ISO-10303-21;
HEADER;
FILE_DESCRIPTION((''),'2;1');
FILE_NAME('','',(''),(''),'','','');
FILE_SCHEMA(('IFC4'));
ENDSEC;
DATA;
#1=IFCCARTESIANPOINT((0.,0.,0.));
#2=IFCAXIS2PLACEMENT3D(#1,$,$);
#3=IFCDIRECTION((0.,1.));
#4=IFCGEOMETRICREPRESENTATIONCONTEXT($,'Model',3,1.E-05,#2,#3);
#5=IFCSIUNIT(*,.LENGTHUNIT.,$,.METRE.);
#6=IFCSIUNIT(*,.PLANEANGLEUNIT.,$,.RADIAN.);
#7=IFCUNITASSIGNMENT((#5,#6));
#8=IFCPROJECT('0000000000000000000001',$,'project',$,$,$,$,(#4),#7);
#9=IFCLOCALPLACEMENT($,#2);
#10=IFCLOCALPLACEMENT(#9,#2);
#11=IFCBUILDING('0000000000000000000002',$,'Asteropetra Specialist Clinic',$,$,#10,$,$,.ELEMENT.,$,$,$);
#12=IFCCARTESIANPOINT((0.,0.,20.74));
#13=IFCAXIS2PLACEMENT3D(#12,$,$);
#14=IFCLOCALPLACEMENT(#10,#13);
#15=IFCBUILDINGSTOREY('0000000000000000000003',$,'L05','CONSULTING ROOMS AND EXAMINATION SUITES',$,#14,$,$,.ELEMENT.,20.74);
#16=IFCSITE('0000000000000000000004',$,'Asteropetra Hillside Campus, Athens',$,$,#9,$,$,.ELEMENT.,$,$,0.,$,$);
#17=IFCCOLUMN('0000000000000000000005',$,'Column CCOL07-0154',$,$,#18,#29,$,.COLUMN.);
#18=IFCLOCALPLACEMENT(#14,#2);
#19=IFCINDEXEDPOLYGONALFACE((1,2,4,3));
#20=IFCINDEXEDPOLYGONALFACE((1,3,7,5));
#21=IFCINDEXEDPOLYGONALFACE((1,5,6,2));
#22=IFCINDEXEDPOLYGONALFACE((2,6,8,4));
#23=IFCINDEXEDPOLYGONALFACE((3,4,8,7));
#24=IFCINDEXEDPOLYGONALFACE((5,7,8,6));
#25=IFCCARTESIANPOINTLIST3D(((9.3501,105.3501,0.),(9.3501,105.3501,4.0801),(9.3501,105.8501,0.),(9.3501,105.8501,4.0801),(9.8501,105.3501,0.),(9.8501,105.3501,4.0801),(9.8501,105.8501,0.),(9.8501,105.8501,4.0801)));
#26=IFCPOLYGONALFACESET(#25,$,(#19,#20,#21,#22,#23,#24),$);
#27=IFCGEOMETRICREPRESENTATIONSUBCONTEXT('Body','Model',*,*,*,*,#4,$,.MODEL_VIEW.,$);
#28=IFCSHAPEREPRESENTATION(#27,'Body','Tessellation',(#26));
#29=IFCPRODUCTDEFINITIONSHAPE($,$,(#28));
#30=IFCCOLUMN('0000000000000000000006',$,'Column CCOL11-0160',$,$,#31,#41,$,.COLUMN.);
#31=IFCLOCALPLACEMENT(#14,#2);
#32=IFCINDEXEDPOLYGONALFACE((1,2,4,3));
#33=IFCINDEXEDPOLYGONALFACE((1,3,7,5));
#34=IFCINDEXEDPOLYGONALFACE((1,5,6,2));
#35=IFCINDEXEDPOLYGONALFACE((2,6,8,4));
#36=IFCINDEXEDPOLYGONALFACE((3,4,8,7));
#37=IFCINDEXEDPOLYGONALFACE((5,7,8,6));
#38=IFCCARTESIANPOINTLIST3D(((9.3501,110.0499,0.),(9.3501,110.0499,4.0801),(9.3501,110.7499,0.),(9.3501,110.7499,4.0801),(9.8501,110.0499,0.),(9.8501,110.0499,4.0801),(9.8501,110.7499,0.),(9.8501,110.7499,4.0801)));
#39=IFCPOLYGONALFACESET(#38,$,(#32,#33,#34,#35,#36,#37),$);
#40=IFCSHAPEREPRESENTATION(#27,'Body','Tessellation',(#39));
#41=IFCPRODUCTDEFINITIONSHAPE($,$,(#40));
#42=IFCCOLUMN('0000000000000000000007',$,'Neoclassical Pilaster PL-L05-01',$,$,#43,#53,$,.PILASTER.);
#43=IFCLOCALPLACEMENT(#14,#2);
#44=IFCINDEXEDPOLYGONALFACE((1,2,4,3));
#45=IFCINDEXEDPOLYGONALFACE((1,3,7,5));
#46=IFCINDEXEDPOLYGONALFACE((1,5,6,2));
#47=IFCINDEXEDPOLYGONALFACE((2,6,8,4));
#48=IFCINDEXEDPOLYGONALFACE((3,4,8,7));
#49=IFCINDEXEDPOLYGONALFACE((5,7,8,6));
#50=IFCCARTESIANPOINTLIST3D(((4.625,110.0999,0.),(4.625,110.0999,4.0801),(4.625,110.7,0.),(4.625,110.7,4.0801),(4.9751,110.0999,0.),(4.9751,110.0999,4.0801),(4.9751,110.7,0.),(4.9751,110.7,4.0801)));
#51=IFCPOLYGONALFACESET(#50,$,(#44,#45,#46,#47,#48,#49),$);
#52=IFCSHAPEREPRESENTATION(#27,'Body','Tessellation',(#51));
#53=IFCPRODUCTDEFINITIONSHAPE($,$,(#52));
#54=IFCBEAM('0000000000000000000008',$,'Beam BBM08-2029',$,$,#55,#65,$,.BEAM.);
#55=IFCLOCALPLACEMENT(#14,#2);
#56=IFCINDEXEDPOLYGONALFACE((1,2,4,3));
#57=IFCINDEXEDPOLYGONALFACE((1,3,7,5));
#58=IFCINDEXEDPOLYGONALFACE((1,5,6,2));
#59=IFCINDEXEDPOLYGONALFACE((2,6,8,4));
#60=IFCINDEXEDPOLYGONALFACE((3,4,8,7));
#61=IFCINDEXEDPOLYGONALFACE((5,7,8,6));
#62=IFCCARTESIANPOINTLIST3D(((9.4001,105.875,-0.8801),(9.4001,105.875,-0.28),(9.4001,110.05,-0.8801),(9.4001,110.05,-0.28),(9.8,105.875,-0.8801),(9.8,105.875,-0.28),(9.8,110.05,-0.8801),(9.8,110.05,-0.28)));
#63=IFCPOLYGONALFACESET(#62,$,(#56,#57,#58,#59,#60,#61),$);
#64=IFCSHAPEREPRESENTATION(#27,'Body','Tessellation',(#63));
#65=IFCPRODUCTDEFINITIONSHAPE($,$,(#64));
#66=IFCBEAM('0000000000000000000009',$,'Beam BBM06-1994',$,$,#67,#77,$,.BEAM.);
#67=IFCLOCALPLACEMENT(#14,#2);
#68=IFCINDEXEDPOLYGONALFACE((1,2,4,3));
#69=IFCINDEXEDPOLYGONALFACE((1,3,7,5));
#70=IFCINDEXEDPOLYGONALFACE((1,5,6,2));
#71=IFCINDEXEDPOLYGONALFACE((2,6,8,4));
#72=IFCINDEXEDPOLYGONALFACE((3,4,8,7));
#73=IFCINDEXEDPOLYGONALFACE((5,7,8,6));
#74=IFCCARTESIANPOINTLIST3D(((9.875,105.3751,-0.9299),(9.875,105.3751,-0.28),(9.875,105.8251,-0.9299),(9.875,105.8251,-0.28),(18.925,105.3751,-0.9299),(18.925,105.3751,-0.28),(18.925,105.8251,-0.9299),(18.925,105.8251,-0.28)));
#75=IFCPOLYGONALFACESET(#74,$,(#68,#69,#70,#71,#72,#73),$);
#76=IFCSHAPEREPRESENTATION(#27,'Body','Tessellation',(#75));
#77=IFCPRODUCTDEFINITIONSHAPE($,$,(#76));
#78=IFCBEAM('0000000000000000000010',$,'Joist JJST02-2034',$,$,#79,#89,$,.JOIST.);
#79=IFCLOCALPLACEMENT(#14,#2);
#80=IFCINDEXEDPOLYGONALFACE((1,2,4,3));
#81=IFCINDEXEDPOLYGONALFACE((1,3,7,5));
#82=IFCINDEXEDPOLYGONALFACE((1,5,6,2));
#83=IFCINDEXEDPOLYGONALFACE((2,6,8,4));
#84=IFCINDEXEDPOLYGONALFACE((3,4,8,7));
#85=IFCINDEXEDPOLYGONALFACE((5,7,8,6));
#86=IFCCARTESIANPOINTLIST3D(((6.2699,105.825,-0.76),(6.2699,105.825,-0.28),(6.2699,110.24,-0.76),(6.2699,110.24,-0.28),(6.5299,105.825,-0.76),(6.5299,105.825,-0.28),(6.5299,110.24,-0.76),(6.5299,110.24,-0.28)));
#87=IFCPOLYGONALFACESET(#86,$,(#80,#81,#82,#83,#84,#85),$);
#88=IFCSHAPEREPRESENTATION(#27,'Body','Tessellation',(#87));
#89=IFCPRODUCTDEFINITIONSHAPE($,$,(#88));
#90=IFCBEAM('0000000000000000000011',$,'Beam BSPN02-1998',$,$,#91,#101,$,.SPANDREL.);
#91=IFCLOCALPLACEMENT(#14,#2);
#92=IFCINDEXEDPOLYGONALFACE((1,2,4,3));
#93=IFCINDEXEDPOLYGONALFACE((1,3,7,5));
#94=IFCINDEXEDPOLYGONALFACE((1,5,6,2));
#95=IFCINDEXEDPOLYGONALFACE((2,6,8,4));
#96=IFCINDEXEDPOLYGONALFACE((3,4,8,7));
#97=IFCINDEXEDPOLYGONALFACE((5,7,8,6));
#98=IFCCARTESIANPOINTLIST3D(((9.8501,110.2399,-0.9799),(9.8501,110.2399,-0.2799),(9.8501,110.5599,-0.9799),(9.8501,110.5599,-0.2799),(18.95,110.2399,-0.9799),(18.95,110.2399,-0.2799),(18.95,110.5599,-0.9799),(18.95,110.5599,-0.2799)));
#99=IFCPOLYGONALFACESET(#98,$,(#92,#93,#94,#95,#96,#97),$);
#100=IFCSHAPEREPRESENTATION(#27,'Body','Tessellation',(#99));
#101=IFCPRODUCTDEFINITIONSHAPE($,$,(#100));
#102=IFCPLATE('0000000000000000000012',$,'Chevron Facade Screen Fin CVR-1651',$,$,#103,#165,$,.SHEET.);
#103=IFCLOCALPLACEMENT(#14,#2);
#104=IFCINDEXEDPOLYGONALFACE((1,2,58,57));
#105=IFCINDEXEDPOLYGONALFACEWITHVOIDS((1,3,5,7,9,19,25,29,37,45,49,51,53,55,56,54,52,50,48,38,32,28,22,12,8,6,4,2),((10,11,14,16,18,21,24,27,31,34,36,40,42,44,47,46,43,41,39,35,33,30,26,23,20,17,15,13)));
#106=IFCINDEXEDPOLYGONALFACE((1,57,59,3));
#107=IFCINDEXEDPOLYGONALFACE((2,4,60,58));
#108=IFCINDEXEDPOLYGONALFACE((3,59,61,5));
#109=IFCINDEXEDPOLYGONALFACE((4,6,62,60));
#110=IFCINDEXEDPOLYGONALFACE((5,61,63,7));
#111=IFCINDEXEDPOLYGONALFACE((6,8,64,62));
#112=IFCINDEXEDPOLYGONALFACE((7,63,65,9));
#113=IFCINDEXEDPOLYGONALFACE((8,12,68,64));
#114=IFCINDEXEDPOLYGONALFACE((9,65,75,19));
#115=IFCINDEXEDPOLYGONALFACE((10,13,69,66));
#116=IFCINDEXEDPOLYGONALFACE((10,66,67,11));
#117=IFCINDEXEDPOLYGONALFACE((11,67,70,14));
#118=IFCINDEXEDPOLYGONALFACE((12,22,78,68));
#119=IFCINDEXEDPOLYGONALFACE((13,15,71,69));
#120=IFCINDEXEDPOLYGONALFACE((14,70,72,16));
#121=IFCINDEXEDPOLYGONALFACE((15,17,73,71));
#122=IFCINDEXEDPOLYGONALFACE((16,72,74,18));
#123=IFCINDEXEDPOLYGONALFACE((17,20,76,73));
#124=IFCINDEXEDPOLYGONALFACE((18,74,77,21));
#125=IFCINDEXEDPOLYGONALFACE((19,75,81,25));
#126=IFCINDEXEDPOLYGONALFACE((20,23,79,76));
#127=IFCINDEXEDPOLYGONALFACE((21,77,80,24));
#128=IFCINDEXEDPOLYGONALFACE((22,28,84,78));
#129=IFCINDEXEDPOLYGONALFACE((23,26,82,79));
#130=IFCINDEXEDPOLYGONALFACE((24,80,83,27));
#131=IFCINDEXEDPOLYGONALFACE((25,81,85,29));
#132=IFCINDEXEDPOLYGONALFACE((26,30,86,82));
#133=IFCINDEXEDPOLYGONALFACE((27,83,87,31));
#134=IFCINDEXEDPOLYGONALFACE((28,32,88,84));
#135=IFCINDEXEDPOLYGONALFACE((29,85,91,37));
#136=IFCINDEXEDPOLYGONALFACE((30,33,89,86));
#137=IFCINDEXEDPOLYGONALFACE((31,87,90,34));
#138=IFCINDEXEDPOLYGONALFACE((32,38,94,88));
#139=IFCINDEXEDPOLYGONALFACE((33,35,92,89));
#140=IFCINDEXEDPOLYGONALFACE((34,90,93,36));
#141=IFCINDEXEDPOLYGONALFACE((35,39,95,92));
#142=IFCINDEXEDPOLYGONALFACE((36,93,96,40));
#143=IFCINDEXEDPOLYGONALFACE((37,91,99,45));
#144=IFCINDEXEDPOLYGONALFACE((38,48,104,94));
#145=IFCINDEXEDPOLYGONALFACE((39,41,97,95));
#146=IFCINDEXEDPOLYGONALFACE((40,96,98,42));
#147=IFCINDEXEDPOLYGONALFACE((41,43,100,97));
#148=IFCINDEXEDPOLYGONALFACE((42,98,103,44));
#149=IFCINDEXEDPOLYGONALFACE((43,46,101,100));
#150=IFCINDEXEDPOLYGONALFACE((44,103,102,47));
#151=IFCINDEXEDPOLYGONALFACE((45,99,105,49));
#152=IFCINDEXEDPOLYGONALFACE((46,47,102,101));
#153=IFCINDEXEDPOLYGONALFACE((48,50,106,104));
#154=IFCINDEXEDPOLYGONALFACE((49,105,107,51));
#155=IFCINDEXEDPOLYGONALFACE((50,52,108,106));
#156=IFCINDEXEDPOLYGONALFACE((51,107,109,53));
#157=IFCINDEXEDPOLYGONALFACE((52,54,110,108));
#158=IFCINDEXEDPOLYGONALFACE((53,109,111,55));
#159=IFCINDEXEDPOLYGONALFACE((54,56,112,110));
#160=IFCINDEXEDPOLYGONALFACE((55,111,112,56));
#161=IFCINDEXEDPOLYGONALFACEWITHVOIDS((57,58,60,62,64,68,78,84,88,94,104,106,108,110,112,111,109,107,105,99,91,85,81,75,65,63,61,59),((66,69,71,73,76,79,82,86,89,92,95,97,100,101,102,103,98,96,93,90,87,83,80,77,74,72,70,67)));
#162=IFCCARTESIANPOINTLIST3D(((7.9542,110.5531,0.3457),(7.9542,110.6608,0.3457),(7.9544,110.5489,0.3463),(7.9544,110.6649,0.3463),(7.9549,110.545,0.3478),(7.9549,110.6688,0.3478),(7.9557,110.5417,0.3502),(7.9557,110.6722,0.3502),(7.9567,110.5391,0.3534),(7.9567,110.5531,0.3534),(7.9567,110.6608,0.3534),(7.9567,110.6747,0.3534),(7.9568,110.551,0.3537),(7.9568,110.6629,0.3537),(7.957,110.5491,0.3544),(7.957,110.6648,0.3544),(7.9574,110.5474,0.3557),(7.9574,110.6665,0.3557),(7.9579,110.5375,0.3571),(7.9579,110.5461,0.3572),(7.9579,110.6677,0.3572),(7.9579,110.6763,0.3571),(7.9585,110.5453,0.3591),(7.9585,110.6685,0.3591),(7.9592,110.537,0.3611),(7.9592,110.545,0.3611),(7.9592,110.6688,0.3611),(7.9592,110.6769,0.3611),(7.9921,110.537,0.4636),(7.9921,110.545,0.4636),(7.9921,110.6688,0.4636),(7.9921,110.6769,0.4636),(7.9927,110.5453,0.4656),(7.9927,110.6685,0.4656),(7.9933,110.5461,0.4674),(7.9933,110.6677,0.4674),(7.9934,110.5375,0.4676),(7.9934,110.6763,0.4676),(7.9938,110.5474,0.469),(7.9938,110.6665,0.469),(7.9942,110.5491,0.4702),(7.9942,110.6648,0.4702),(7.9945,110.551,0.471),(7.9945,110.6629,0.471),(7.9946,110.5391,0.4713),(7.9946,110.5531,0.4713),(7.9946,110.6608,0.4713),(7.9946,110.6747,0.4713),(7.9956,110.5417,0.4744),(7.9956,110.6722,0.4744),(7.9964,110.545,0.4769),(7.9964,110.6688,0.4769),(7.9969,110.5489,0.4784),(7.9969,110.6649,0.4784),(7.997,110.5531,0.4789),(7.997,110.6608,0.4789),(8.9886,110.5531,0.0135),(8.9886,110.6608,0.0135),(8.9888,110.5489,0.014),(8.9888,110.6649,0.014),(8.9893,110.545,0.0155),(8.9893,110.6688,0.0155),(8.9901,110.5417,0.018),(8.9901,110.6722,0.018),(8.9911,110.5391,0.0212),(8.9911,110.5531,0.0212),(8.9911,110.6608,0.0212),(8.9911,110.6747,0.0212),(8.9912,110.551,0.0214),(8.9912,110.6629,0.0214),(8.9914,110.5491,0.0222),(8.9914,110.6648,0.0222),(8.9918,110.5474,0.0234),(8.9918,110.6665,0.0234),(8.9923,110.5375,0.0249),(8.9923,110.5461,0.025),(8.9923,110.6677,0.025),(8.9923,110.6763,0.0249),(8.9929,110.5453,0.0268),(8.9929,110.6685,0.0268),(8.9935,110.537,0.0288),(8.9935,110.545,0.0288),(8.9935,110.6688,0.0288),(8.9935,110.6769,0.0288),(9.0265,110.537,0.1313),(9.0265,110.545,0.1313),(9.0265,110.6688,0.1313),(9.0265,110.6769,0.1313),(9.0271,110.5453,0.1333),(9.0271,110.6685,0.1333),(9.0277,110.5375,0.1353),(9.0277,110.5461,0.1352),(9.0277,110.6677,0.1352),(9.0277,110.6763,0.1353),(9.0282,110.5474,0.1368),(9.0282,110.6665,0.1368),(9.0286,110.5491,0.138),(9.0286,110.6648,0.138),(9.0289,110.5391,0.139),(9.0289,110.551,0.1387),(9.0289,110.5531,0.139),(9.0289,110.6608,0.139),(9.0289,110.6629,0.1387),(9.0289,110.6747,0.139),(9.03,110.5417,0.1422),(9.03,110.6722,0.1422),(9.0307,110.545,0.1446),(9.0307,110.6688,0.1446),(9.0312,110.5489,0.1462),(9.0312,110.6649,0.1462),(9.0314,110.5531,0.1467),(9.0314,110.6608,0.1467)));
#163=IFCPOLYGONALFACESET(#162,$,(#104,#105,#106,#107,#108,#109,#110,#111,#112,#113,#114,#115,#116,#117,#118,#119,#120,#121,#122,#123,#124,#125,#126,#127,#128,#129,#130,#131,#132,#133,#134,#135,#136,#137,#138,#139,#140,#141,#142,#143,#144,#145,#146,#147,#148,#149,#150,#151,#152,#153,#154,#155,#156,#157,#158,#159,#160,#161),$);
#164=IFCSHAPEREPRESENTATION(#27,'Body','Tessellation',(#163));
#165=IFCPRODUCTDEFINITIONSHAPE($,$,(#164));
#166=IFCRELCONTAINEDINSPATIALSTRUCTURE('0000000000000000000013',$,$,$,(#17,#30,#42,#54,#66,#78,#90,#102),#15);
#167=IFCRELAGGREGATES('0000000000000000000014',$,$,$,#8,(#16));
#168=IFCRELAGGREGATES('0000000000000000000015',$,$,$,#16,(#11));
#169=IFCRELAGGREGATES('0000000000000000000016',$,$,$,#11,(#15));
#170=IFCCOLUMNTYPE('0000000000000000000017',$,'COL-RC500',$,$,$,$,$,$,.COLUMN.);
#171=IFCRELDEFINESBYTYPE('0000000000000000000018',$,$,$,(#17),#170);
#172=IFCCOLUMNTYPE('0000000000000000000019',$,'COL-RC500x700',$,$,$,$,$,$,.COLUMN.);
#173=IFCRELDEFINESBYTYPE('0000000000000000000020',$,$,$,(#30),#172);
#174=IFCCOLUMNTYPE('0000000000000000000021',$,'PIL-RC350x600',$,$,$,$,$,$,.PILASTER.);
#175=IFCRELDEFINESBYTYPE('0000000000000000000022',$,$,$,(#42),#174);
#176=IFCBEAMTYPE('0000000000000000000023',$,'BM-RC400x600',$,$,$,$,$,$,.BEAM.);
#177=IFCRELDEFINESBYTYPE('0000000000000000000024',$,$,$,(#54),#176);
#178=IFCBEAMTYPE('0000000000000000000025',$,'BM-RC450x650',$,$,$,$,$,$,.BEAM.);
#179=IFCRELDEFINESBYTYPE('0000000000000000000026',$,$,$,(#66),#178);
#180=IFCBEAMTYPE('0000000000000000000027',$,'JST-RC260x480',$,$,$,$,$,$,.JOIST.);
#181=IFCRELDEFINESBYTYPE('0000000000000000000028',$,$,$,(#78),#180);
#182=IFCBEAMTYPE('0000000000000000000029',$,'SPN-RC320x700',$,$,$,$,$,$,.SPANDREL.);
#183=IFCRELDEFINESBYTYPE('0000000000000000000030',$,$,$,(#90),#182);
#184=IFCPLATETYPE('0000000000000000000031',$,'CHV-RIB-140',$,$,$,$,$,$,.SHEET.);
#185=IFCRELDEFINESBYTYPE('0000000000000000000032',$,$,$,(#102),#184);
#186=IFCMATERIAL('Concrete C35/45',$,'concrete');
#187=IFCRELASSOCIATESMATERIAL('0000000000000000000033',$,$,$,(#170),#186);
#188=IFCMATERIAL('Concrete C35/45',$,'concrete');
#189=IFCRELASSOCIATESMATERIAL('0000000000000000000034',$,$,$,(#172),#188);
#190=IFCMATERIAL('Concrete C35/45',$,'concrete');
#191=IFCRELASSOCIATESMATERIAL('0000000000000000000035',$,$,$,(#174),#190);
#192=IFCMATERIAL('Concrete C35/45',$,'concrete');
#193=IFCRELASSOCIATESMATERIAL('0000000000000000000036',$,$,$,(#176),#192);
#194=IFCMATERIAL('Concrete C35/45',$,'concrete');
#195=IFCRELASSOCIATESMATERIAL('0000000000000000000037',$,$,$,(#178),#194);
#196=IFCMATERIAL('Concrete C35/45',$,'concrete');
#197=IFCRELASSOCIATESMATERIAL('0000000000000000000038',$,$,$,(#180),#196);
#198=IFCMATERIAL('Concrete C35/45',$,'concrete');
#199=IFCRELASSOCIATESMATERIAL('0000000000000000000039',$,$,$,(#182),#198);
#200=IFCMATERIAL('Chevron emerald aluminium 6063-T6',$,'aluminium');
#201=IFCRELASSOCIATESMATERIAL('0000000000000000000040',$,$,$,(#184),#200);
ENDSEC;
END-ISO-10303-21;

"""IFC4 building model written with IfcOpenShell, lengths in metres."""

from ifc_helpers import new_model, si_unit, direction, frame, origin, origin_2d, place, context, subcontext, project, spatial, rectangle, hollow_rectangle, extrude, material, material_profile, profile_set, type_object, element, save


model = new_model("IFC4")

# Units and contexts
model_context = context("Model", 3, precision=1e-05, world=origin(), true_north=direction((0.0, 1.0)))
body_context = subcontext(model_context, "Body", "Model", "MODEL_VIEW")
ifc_project = project(units=[si_unit("LENGTHUNIT", "METRE"), si_unit("PLANEANGLEUNIT", "RADIAN")], contexts=[model_context])

# Site, building, storey
site_placement = place(None, origin())
site = spatial("IfcSite", under=ifc_project, at=site_placement, Name="Asteropetra Hillside Campus, Athens", CompositionType="ELEMENT", RefElevation=0.0)
building_placement = place(site_placement, origin())
building = spatial("IfcBuilding", under=site, at=building_placement, Name="Asteropetra Specialist Clinic", CompositionType="ELEMENT")
storey_placement = place(building_placement, frame((0.0, 0.0, 20.74)))
storey = spatial("IfcBuildingStorey", under=building, at=storey_placement, Name="L05", Description="CONSULTING ROOMS AND EXAMINATION SUITES", CompositionType="ELEMENT", Elevation=20.74)

# Columns
ifc_material_1 = material(Name="Concrete C35/45", Category="concrete")
ifc_material_profile_1 = material_profile(ifc_material_1, rectangle(XDim=0.5, YDim=0.5, at=origin_2d()), Name="RC 500x500")
ifc_profile_set_1 = profile_set([ifc_material_profile_1], Name="Concrete C35/45")
column_type_1 = type_object("IfcColumnType", Name="COL-RC500", PredefinedType="COLUMN", material=ifc_profile_set_1)
column_1_placement = place(storey_placement, frame((9.6001, 105.6001, 0.0), z_axis=(0.0, 0.0, 1.0), x_axis=(1.0, 0.0, 0.0)))
element("IfcColumn", 1, at=column_1_placement, inside=storey, type_object=column_type_1, Name="Column CCOL07-0154", PredefinedType="COLUMN", context=body_context, shape_type="SweptSolid", body=[
    extrude(rectangle(XDim=0.5, YDim=0.5, at=origin_2d()), origin(), (0.0, 0.0, 1.0), 4.0801),
])
ifc_material_2 = material(Name="Concrete C35/45", Category="concrete")
ifc_material_profile_2 = material_profile(ifc_material_2, rectangle(XDim=0.5, YDim=0.7, at=origin_2d()), Name="RC 500x700")
ifc_profile_set_2 = profile_set([ifc_material_profile_2], Name="Concrete C35/45")
column_type_2 = type_object("IfcColumnType", Name="COL-RC500x700", PredefinedType="COLUMN", material=ifc_profile_set_2)
column_2_placement = place(storey_placement, frame((9.6001, 110.3999, 0.0), z_axis=(0.0, 0.0, 1.0), x_axis=(1.0, 0.0, 0.0)))
element("IfcColumn", 2, at=column_2_placement, inside=storey, type_object=column_type_2, Name="Column CCOL11-0160", PredefinedType="COLUMN", context=body_context, shape_type="SweptSolid", body=[
    extrude(rectangle(XDim=0.5, YDim=0.7, at=origin_2d()), origin(), (0.0, 0.0, 1.0), 4.0801),
])
ifc_material_3 = material(Name="Concrete C35/45", Category="concrete")
ifc_material_profile_3 = material_profile(ifc_material_3, rectangle(XDim=0.3501, YDim=0.6001, at=origin_2d()), Name="PIL 350x600")
ifc_profile_set_3 = profile_set([ifc_material_profile_3], Name="Concrete C35/45")
column_type_3 = type_object("IfcColumnType", Name="PIL-RC350x600", PredefinedType="PILASTER", material=ifc_profile_set_3)
column_3_placement = place(storey_placement, frame((4.8, 110.3999, 0.0), z_axis=(0.0, 0.0, 1.0), x_axis=(1.0, 0.0, 0.0)))
element("IfcColumn", 3, at=column_3_placement, inside=storey, type_object=column_type_3, Name="Neoclassical Pilaster PL-L05-01", PredefinedType="PILASTER", context=body_context, shape_type="SweptSolid", body=[
    extrude(rectangle(XDim=0.3501, YDim=0.6001, at=origin_2d()), origin(), (0.0, 0.0, 1.0), 4.0801),
])

# Beams
ifc_material_4 = material(Name="Concrete C35/45", Category="concrete")
ifc_material_profile_4 = material_profile(ifc_material_4, rectangle(XDim=0.3999, YDim=0.6001, at=origin_2d()), Name="RCB 400x600")
ifc_profile_set_4 = profile_set([ifc_material_profile_4], Name="Concrete C35/45")
beam_type_1 = type_object("IfcBeamType", Name="BM-RC400x600", PredefinedType="BEAM", material=ifc_profile_set_4)
beam_1_placement = place(storey_placement, frame((9.6001, 105.875, -0.5801), z_axis=(0.0, 1.0, 0.0), x_axis=(-1.0, 0.0, 0.0)))
element("IfcBeam", 4, at=beam_1_placement, inside=storey, type_object=beam_type_1, Name="Beam BBM08-2029", PredefinedType="BEAM", context=body_context, shape_type="SweptSolid", body=[
    extrude(rectangle(XDim=0.3999, YDim=0.6001, at=origin_2d()), origin(), (0.0, 0.0, 1.0), 4.175),
])
ifc_material_5 = material(Name="Concrete C35/45", Category="concrete")
ifc_material_profile_5 = material_profile(ifc_material_5, rectangle(XDim=0.45, YDim=0.6499, at=origin_2d()), Name="RCB 450x650")
ifc_profile_set_5 = profile_set([ifc_material_profile_5], Name="Concrete C35/45")
beam_type_2 = type_object("IfcBeamType", Name="BM-RC450x650", PredefinedType="BEAM", material=ifc_profile_set_5)
beam_2_placement = place(storey_placement, frame((9.875, 105.6001, -0.605), z_axis=(1.0, 0.0, 0.0), x_axis=(0.0, 1.0, 0.0)))
element("IfcBeam", 5, at=beam_2_placement, inside=storey, type_object=beam_type_2, Name="Beam BBM06-1994", PredefinedType="BEAM", context=body_context, shape_type="SweptSolid", body=[
    extrude(rectangle(XDim=0.45, YDim=0.6499, at=origin_2d()), origin(), (0.0, 0.0, 1.0), 9.05),
])
ifc_material_6 = material(Name="Concrete C35/45", Category="concrete")
ifc_material_profile_6 = material_profile(ifc_material_6, rectangle(XDim=0.26, YDim=0.48, at=origin_2d()), Name="RCJ 260x480")
ifc_profile_set_6 = profile_set([ifc_material_profile_6], Name="Concrete C35/45")
beam_type_3 = type_object("IfcBeamType", Name="JST-RC260x480", PredefinedType="JOIST", material=ifc_profile_set_6)
beam_3_placement = place(storey_placement, frame((6.3999, 105.825, -0.52), z_axis=(0.0, 1.0, 0.0), x_axis=(-1.0, 0.0, 0.0)))
element("IfcBeam", 6, at=beam_3_placement, inside=storey, type_object=beam_type_3, Name="Joist JJST02-2034", PredefinedType="JOIST", context=body_context, shape_type="SweptSolid", body=[
    extrude(rectangle(XDim=0.26, YDim=0.48, at=origin_2d()), origin(), (0.0, 0.0, 1.0), 4.415),
])
ifc_material_7 = material(Name="Concrete C35/45", Category="concrete")
ifc_material_profile_7 = material_profile(ifc_material_7, rectangle(XDim=0.3201, YDim=0.7, at=origin_2d()), Name="RCS 320x700")
ifc_profile_set_7 = profile_set([ifc_material_profile_7], Name="Concrete C35/45")
beam_type_4 = type_object("IfcBeamType", Name="SPN-RC320x700", PredefinedType="SPANDREL", material=ifc_profile_set_7)
beam_4_placement = place(storey_placement, frame((9.8501, 110.3999, -0.6299), z_axis=(1.0, 0.0, 0.0), x_axis=(0.0, 1.0, 0.0)))
element("IfcBeam", 7, at=beam_4_placement, inside=storey, type_object=beam_type_4, Name="Beam BSPN02-1998", PredefinedType="SPANDREL", context=body_context, shape_type="SweptSolid", body=[
    extrude(rectangle(XDim=0.3201, YDim=0.7, at=origin_2d()), origin(), (0.0, 0.0, 1.0), 9.0999),
])

# Plate
ifc_material_8 = material(Name="Chevron emerald aluminium 6063-T6", Category="aluminium")
ifc_material_profile_8 = material_profile(ifc_material_8, hollow_rectangle(XDim=0.1399, YDim=0.1399, WallThickness=0.0081, InnerFilletRadius=0.0081, OuterFilletRadius=0.0161, at=origin_2d()), Name="SHS 140x140x8.0")
ifc_profile_set_8 = profile_set([ifc_material_profile_8], Name="Chevron emerald aluminium 6063-T6")
plate_type = type_object("IfcPlateType", Name="CHV-RIB-140", PredefinedType="SHEET", material=ifc_profile_set_8)
plate_1_placement = place(storey_placement, frame((9.01, 110.6069, 0.0801), z_axis=(-0.952087, 0.0, 0.305827), x_axis=(0.0, -1.0, 0.0)))
element("IfcPlate", 8, at=plate_1_placement, inside=storey, type_object=plate_type, Name="Chevron Facade Screen Fin CVR-1651", PredefinedType="SHEET", context=body_context, shape_type="SweptSolid", body=[
    extrude(hollow_rectangle(XDim=0.1399, YDim=0.1399, WallThickness=0.0081, InnerFilletRadius=0.0081, OuterFilletRadius=0.0161, at=origin_2d()), origin(), (0.0, 0.0, 1.0), 1.0864),
])

save(model, "model.ifc")
